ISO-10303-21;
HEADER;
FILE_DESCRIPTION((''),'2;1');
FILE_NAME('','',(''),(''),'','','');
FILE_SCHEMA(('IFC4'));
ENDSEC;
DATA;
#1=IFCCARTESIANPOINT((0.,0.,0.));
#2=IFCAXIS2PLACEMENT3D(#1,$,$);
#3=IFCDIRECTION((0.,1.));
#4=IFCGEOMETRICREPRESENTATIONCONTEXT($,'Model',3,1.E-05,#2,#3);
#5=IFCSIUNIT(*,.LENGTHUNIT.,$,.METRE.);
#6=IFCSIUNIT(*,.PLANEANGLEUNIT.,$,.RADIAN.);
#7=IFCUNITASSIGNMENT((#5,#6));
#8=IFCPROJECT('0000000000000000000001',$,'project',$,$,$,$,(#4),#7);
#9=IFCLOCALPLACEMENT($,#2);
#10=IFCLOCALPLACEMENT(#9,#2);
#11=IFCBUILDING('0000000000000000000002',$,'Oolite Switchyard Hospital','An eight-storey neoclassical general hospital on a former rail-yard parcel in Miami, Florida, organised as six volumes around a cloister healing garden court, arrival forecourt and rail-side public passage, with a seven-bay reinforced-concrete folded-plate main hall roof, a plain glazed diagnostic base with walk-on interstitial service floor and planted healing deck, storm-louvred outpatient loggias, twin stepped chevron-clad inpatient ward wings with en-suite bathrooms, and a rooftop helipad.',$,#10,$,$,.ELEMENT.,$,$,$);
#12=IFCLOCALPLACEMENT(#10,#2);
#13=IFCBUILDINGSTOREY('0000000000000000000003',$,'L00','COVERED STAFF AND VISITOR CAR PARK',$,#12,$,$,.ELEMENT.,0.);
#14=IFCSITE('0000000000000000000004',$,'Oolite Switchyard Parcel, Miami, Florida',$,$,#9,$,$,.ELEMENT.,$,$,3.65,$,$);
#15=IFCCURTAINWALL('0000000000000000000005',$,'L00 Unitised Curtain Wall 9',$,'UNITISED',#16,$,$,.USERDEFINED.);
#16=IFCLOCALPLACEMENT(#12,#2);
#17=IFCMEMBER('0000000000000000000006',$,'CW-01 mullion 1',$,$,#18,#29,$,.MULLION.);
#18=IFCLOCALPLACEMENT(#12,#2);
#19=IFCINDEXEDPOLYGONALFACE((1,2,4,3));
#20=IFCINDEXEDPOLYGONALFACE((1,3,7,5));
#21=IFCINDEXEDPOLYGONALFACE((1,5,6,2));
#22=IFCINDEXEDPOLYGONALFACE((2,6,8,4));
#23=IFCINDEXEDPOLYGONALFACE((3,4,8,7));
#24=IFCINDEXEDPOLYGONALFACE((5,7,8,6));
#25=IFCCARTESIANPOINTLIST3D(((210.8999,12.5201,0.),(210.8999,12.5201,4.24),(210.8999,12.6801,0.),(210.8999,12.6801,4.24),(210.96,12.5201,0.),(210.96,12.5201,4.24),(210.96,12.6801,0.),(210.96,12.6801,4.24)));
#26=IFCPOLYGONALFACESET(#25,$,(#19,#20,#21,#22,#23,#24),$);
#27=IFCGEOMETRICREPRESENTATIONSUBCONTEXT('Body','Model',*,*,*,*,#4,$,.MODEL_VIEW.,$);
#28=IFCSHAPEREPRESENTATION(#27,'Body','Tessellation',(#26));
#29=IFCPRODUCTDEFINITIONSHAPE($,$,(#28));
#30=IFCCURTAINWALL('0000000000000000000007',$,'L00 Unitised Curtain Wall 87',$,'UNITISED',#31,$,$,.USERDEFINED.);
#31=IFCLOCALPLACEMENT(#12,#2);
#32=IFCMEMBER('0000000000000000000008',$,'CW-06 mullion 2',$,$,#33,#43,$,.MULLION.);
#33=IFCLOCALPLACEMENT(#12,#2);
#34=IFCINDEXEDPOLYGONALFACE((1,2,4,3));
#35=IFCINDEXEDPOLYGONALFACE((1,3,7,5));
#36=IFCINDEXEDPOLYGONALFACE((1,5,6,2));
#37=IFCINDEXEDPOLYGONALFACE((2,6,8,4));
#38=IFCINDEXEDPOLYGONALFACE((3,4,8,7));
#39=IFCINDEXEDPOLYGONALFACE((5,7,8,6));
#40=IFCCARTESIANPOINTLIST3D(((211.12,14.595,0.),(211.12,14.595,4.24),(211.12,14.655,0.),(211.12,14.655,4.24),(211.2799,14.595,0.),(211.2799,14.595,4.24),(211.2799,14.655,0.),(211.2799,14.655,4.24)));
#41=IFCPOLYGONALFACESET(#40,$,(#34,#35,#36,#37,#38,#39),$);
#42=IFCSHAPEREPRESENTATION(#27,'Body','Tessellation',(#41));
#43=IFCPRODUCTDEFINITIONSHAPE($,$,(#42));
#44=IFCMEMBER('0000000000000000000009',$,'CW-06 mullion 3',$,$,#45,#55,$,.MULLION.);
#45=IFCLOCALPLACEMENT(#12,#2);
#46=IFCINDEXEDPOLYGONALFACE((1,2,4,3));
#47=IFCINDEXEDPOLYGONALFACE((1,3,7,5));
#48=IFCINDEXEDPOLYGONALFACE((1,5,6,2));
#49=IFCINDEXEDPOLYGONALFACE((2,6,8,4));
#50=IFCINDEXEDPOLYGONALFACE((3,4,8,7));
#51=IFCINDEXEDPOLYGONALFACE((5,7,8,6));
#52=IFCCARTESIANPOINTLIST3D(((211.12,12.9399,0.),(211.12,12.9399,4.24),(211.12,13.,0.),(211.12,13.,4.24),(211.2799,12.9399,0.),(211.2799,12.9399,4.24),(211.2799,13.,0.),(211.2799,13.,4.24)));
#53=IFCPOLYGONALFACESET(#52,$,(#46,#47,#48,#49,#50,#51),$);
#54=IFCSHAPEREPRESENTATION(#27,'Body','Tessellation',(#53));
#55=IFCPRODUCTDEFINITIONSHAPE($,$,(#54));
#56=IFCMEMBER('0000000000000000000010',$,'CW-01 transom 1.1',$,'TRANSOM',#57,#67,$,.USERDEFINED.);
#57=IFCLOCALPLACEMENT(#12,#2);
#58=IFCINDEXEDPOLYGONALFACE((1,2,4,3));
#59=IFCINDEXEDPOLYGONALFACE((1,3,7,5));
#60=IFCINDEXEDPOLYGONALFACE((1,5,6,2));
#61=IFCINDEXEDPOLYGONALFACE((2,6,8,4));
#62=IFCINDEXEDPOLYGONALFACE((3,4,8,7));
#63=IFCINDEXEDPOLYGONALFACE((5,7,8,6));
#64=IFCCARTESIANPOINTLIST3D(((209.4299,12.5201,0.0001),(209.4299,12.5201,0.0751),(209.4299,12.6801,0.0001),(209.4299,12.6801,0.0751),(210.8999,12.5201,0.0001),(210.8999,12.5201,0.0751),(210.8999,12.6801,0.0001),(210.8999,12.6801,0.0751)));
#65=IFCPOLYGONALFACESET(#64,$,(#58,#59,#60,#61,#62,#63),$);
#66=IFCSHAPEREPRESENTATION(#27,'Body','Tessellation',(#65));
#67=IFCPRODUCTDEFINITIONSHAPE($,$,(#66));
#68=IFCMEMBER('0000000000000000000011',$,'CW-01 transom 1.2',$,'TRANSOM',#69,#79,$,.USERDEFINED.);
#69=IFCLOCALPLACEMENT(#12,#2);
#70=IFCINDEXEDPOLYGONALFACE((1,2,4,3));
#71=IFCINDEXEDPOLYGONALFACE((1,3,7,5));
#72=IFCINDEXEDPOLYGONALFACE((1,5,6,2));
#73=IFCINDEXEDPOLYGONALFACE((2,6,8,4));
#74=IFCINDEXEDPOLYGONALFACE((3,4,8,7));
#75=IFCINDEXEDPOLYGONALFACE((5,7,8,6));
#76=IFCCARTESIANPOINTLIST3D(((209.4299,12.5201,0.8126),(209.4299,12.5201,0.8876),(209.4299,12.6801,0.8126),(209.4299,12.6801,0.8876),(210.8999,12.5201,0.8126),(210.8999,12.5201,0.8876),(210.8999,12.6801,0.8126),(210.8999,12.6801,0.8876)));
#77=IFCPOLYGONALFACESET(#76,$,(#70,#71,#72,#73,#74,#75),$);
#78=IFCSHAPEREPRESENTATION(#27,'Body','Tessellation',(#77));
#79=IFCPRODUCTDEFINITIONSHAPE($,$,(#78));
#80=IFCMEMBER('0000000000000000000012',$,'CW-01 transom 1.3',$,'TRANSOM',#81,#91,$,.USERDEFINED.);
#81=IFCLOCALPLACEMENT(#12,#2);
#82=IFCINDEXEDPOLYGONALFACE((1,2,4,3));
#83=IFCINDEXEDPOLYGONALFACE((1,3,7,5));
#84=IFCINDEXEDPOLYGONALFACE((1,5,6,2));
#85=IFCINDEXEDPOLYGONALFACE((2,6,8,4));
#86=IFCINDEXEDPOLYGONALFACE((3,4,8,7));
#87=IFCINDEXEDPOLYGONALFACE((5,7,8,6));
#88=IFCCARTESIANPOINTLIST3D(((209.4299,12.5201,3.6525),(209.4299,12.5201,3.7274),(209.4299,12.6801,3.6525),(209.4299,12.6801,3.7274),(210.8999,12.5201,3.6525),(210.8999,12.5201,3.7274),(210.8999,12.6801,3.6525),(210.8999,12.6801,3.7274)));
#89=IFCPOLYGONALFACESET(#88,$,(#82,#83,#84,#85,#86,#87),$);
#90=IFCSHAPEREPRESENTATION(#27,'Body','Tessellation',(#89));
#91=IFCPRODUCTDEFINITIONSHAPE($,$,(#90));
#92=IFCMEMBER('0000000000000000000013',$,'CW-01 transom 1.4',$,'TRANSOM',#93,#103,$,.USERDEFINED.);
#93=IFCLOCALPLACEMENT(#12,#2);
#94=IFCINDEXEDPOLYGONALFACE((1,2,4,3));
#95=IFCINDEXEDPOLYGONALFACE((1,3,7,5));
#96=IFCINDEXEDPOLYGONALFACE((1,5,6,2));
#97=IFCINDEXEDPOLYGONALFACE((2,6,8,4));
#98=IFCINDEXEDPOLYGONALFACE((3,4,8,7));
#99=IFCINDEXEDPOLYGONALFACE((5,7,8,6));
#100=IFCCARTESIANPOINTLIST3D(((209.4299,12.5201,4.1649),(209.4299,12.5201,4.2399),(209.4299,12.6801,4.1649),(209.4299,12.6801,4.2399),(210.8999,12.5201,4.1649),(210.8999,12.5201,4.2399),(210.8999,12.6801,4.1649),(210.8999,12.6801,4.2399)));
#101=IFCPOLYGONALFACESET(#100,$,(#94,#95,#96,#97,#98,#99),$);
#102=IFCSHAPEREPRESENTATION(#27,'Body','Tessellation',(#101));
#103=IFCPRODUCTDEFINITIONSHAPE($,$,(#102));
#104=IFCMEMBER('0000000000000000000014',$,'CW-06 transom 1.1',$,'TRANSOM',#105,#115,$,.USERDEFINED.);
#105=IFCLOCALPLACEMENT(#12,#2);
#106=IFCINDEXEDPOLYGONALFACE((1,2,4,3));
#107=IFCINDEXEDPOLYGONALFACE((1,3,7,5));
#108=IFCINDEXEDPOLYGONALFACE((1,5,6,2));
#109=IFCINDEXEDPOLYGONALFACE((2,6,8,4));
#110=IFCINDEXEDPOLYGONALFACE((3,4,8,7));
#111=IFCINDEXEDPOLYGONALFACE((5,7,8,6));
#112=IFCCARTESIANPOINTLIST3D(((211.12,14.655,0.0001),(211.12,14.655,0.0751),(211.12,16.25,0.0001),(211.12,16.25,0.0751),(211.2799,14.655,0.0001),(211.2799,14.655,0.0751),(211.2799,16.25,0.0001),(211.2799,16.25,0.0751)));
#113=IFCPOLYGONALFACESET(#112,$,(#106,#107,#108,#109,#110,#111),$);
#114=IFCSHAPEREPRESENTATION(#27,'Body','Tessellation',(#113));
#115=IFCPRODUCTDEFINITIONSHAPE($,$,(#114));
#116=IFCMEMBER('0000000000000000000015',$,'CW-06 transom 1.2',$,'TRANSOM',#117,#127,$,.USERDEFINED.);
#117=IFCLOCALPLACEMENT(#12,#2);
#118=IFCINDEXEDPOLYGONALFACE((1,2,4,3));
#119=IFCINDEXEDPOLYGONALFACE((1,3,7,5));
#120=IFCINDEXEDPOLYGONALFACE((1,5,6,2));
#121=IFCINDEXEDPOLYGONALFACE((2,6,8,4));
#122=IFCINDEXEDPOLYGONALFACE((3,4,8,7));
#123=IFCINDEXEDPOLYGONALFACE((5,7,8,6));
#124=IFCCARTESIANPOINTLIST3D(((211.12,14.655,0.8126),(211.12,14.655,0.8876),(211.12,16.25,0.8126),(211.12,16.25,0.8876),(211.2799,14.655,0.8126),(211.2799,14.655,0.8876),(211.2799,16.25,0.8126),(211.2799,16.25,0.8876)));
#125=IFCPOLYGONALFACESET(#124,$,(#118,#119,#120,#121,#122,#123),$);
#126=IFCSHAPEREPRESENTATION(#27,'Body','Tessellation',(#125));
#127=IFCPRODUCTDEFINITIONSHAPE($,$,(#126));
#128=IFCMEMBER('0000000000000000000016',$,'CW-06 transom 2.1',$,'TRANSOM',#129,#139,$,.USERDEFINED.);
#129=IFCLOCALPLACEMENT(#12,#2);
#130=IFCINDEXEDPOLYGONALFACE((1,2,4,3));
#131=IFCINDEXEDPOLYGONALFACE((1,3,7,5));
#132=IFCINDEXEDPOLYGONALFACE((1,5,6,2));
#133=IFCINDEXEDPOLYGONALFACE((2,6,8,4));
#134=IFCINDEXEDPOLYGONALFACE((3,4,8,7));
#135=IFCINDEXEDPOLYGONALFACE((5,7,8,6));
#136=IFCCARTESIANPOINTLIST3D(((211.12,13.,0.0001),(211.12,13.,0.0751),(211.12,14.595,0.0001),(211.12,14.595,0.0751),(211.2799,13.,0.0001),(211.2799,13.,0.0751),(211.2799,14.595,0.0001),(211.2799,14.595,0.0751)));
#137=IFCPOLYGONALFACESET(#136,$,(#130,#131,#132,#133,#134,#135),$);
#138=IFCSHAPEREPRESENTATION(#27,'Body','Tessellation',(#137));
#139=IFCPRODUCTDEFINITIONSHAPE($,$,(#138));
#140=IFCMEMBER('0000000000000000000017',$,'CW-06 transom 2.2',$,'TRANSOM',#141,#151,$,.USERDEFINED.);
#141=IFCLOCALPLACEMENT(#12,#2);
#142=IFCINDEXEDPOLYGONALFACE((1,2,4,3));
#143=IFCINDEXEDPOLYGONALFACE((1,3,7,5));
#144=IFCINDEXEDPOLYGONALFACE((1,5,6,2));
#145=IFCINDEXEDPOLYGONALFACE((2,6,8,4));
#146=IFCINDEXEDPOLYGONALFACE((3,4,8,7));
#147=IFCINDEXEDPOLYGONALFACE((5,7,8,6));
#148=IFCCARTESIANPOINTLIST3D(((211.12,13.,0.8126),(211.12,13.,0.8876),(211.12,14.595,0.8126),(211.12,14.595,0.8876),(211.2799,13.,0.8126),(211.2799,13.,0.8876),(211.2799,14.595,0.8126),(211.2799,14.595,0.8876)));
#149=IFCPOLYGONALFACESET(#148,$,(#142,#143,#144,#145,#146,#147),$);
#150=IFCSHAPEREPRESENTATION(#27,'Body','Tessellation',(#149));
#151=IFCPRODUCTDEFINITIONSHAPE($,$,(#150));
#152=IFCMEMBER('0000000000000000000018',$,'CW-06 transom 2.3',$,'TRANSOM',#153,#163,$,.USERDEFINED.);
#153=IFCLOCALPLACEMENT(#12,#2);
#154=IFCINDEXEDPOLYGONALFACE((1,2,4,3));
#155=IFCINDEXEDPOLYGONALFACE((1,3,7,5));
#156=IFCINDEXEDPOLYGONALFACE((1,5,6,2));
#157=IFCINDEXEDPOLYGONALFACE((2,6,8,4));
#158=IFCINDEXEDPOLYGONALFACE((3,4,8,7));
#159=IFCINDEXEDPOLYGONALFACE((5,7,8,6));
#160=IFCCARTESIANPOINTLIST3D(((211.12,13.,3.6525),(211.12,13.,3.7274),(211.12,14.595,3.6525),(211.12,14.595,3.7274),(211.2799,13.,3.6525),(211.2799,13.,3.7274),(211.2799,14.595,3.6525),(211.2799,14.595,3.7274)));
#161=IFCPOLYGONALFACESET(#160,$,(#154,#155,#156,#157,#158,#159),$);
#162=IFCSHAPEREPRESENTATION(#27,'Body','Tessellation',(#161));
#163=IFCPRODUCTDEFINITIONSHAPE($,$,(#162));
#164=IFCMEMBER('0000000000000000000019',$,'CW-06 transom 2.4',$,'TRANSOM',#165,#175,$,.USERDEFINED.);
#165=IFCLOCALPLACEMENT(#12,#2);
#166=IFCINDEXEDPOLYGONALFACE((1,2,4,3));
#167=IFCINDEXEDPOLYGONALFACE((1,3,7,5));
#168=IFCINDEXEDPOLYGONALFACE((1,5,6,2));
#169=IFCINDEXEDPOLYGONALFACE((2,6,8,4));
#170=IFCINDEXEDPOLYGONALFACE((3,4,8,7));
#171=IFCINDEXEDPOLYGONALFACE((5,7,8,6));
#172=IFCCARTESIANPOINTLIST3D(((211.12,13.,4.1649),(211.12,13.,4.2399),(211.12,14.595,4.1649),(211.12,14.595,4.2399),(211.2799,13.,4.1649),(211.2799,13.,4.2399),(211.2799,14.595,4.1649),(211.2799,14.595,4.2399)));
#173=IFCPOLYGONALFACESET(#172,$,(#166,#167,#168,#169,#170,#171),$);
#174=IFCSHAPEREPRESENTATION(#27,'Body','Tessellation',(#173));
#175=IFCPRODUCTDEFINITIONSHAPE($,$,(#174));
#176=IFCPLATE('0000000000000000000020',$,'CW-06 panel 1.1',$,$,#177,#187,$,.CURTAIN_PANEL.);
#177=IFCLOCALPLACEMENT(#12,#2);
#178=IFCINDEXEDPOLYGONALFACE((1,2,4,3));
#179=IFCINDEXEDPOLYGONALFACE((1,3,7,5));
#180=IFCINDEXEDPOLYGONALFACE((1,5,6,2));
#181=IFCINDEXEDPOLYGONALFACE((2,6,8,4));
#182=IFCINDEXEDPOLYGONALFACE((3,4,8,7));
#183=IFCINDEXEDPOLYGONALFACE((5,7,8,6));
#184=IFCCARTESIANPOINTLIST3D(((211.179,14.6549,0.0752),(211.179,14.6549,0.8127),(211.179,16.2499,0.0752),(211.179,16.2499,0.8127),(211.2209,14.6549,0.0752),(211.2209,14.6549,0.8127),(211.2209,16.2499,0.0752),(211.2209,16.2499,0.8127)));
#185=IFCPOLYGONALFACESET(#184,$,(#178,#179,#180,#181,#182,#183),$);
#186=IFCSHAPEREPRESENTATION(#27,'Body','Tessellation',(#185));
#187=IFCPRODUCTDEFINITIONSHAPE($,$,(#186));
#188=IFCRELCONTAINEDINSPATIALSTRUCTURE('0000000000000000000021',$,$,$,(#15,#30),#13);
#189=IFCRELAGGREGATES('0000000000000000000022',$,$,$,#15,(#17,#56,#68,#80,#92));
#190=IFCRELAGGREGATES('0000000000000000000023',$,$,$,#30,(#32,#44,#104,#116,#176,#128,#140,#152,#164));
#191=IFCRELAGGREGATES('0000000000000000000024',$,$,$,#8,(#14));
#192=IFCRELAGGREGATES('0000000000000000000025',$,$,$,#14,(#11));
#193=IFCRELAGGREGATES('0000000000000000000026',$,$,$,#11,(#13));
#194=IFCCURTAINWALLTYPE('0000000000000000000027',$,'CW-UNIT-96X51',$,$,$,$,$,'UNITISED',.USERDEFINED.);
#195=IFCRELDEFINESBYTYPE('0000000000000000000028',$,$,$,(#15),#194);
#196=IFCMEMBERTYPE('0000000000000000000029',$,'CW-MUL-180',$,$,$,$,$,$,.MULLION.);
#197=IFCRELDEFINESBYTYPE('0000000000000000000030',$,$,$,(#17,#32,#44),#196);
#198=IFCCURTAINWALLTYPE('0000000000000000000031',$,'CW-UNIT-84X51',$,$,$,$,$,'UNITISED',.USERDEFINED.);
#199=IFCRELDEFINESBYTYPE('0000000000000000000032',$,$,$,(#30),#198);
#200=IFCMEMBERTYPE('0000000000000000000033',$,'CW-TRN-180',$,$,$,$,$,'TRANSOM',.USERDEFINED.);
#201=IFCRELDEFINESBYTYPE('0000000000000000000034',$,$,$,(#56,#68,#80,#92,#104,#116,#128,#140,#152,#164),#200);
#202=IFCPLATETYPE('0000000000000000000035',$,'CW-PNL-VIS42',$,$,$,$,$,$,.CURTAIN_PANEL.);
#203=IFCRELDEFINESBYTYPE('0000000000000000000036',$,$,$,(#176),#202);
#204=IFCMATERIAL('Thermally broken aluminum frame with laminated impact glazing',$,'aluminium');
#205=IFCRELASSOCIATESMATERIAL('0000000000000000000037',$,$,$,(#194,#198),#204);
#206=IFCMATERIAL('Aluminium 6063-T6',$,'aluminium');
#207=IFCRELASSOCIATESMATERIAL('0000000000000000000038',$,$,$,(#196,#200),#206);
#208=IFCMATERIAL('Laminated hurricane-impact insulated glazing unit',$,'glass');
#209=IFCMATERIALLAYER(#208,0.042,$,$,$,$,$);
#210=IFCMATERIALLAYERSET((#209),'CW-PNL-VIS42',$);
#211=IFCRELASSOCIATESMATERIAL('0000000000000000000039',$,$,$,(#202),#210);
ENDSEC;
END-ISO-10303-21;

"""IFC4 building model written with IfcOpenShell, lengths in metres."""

from ifc_helpers import new_model, si_unit, direction, frame, origin, origin_2d, place, context, subcontext, project, spatial, rectangle, extrude, material, layer, layer_set, material_profile, profile_set, type_object, element, aggregate, save


model = new_model("IFC4")

# Units and contexts
model_context = context("Model", 3, precision=1e-05, world=origin(), true_north=direction((0.0, 1.0)))
body_context = subcontext(model_context, "Body", "Model", "MODEL_VIEW")
ifc_project = project(units=[si_unit("LENGTHUNIT", "METRE"), si_unit("PLANEANGLEUNIT", "RADIAN")], contexts=[model_context])

# Site, building, storey
site_placement = place(None, origin())
site = spatial("IfcSite", under=ifc_project, at=site_placement, Name="Oolite Switchyard Parcel, Miami, Florida", CompositionType="ELEMENT", RefElevation=3.65)
building_placement = place(site_placement, origin())
building = spatial("IfcBuilding", under=site, at=building_placement, Name="Oolite Switchyard Hospital", Description="An eight-storey neoclassical general hospital on a former rail-yard parcel in Miami, Florida, organised as six volumes around a cloister healing garden court, arrival forecourt and rail-side public passage, with a seven-bay reinforced-concrete folded-plate main hall roof, a plain glazed diagnostic base with walk-on interstitial service floor and planted healing deck, storm-louvred outpatient loggias, twin stepped chevron-clad inpatient ward wings with en-suite bathrooms, and a rooftop helipad.", CompositionType="ELEMENT")
storey_placement = place(building_placement, origin())
storey = spatial("IfcBuildingStorey", under=building, at=storey_placement, Name="L00", Description="COVERED STAFF AND VISITOR CAR PARK", CompositionType="ELEMENT", Elevation=0.0)

# Curtain wall, member
ifc_material_1 = material(Name="Thermally broken aluminum frame with laminated impact glazing", Category="aluminium")
curtain_wall_type_1 = type_object("IfcCurtainWallType", Name="CW-UNIT-96X51", ElementType="UNITISED", PredefinedType="USERDEFINED", material=ifc_material_1)
curtain_wall_1_placement = place(storey_placement, origin())
curtain_wall_1 = element("IfcCurtainWall", 1, at=curtain_wall_1_placement, inside=storey, type_object=curtain_wall_type_1, Name="L00 Unitised Curtain Wall 9", ObjectType="UNITISED", PredefinedType="USERDEFINED")
ifc_material_2 = material(Name="Aluminium 6063-T6", Category="aluminium")
ifc_material_profile_1 = material_profile(ifc_material_2, rectangle(XDim=0.1599, YDim=0.0601, at=origin_2d()), Name="CWM60X160")
ifc_profile_set_1 = profile_set([ifc_material_profile_1], Name="Aluminium 6063-T6")
member_type_1 = type_object("IfcMemberType", Name="CW-MUL-180", PredefinedType="MULLION", material=ifc_profile_set_1)
member_1_placement = place(storey_placement, frame((210.9299, 12.6001, 0.0), z_axis=(0.0, 0.0, 1.0), x_axis=(0.0, -1.0, 0.0)))
member_1 = element("IfcMember", 2, at=member_1_placement, type_object=member_type_1, Name="CW-01 mullion 1", PredefinedType="MULLION", context=body_context, shape_type="SweptSolid", body=[
    extrude(rectangle(XDim=0.1599, YDim=0.0601, at=origin_2d()), origin(), (0.0, 0.0, 1.0), 4.24),
])

# Curtain wall, members
curtain_wall_type_2 = type_object("IfcCurtainWallType", Name="CW-UNIT-84X51", ElementType="UNITISED", PredefinedType="USERDEFINED", material=ifc_material_1)
curtain_wall_2_placement = place(storey_placement, origin())
curtain_wall_2 = element("IfcCurtainWall", 3, at=curtain_wall_2_placement, inside=storey, type_object=curtain_wall_type_2, Name="L00 Unitised Curtain Wall 87", ObjectType="UNITISED", PredefinedType="USERDEFINED")
member_2_placement = place(storey_placement, frame((211.2, 14.625, 0.0), z_axis=(0.0, 0.0, 1.0), x_axis=(1.0, 0.0, 0.0)))
member_2 = element("IfcMember", 4, at=member_2_placement, type_object=member_type_1, Name="CW-06 mullion 2", PredefinedType="MULLION", context=body_context, shape_type="SweptSolid", body=[
    extrude(rectangle(XDim=0.1599, YDim=0.0601, at=origin_2d()), origin(), (0.0, 0.0, 1.0), 4.24),
])
member_3_placement = place(storey_placement, frame((211.2, 12.97, 0.0), z_axis=(0.0, 0.0, 1.0), x_axis=(1.0, 0.0, 0.0)))
member_3 = element("IfcMember", 5, at=member_3_placement, type_object=member_type_1, Name="CW-06 mullion 3", PredefinedType="MULLION", context=body_context, shape_type="SweptSolid", body=[
    extrude(rectangle(XDim=0.1599, YDim=0.0601, at=origin_2d()), origin(), (0.0, 0.0, 1.0), 4.24),
])

# Members
ifc_material_profile_2 = material_profile(ifc_material_2, rectangle(XDim=0.1599, YDim=0.075, at=origin_2d()), Name="CWT75X160")
ifc_profile_set_2 = profile_set([ifc_material_profile_2], Name="Aluminium 6063-T6")
member_type_2 = type_object("IfcMemberType", Name="CW-TRN-180", ElementType="TRANSOM", PredefinedType="USERDEFINED", material=ifc_profile_set_2)
member_4_placement = place(storey_placement, frame((210.8999, 12.6001, 0.0376), z_axis=(-1.0, 0.0, 0.0), x_axis=(0.0, -1.0, 0.0)))
member_4 = element("IfcMember", 6, at=member_4_placement, type_object=member_type_2, Name="CW-01 transom 1.1", ObjectType="TRANSOM", PredefinedType="USERDEFINED", context=body_context, shape_type="SweptSolid", body=[
    extrude(rectangle(XDim=0.1599, YDim=0.075, at=origin_2d()), origin(), (0.0, 0.0, 1.0), 1.47),
])
member_5_placement = place(storey_placement, frame((210.8999, 12.6001, 0.8501), z_axis=(-1.0, 0.0, 0.0), x_axis=(0.0, -1.0, 0.0)))
member_5 = element("IfcMember", 7, at=member_5_placement, type_object=member_type_2, Name="CW-01 transom 1.2", ObjectType="TRANSOM", PredefinedType="USERDEFINED", context=body_context, shape_type="SweptSolid", body=[
    extrude(rectangle(XDim=0.1599, YDim=0.075, at=origin_2d()), origin(), (0.0, 0.0, 1.0), 1.47),
])
member_6_placement = place(storey_placement, frame((210.8999, 12.6001, 3.6899), z_axis=(-1.0, 0.0, 0.0), x_axis=(0.0, -1.0, 0.0)))
member_6 = element("IfcMember", 8, at=member_6_placement, type_object=member_type_2, Name="CW-01 transom 1.3", ObjectType="TRANSOM", PredefinedType="USERDEFINED", context=body_context, shape_type="SweptSolid", body=[
    extrude(rectangle(XDim=0.1599, YDim=0.075, at=origin_2d()), origin(), (0.0, 0.0, 1.0), 1.47),
])
member_7_placement = place(storey_placement, frame((210.8999, 12.6001, 4.2024), z_axis=(-1.0, 0.0, 0.0), x_axis=(0.0, -1.0, 0.0)))
member_7 = element("IfcMember", 9, at=member_7_placement, type_object=member_type_2, Name="CW-01 transom 1.4", ObjectType="TRANSOM", PredefinedType="USERDEFINED", context=body_context, shape_type="SweptSolid", body=[
    extrude(rectangle(XDim=0.1599, YDim=0.075, at=origin_2d()), origin(), (0.0, 0.0, 1.0), 1.47),
])
aggregate(curtain_wall_1, [member_1, member_4, member_5, member_6, member_7])
member_8_placement = place(storey_placement, frame((211.2, 16.25, 0.0376), z_axis=(0.0, -1.0, 0.0), x_axis=(1.0, 0.0, 0.0)))
member_8 = element("IfcMember", 10, at=member_8_placement, type_object=member_type_2, Name="CW-06 transom 1.1", ObjectType="TRANSOM", PredefinedType="USERDEFINED", context=body_context, shape_type="SweptSolid", body=[
    extrude(rectangle(XDim=0.1599, YDim=0.075, at=origin_2d()), origin(), (0.0, 0.0, 1.0), 1.595),
])
member_9_placement = place(storey_placement, frame((211.2, 16.25, 0.8501), z_axis=(0.0, -1.0, 0.0), x_axis=(1.0, 0.0, 0.0)))
member_9 = element("IfcMember", 11, at=member_9_placement, type_object=member_type_2, Name="CW-06 transom 1.2", ObjectType="TRANSOM", PredefinedType="USERDEFINED", context=body_context, shape_type="SweptSolid", body=[
    extrude(rectangle(XDim=0.1599, YDim=0.075, at=origin_2d()), origin(), (0.0, 0.0, 1.0), 1.595),
])
member_10_placement = place(storey_placement, frame((211.2, 14.595, 0.0376), z_axis=(0.0, -1.0, 0.0), x_axis=(1.0, 0.0, 0.0)))
member_10 = element("IfcMember", 12, at=member_10_placement, type_object=member_type_2, Name="CW-06 transom 2.1", ObjectType="TRANSOM", PredefinedType="USERDEFINED", context=body_context, shape_type="SweptSolid", body=[
    extrude(rectangle(XDim=0.1599, YDim=0.075, at=origin_2d()), origin(), (0.0, 0.0, 1.0), 1.595),
])
member_11_placement = place(storey_placement, frame((211.2, 14.595, 0.8501), z_axis=(0.0, -1.0, 0.0), x_axis=(1.0, 0.0, 0.0)))
member_11 = element("IfcMember", 13, at=member_11_placement, type_object=member_type_2, Name="CW-06 transom 2.2", ObjectType="TRANSOM", PredefinedType="USERDEFINED", context=body_context, shape_type="SweptSolid", body=[
    extrude(rectangle(XDim=0.1599, YDim=0.075, at=origin_2d()), origin(), (0.0, 0.0, 1.0), 1.595),
])
member_12_placement = place(storey_placement, frame((211.2, 14.595, 3.6899), z_axis=(0.0, -1.0, 0.0), x_axis=(1.0, 0.0, 0.0)))
member_12 = element("IfcMember", 14, at=member_12_placement, type_object=member_type_2, Name="CW-06 transom 2.3", ObjectType="TRANSOM", PredefinedType="USERDEFINED", context=body_context, shape_type="SweptSolid", body=[
    extrude(rectangle(XDim=0.1599, YDim=0.075, at=origin_2d()), origin(), (0.0, 0.0, 1.0), 1.595),
])
member_13_placement = place(storey_placement, frame((211.2, 14.595, 4.2024), z_axis=(0.0, -1.0, 0.0), x_axis=(1.0, 0.0, 0.0)))
member_13 = element("IfcMember", 15, at=member_13_placement, type_object=member_type_2, Name="CW-06 transom 2.4", ObjectType="TRANSOM", PredefinedType="USERDEFINED", context=body_context, shape_type="SweptSolid", body=[
    extrude(rectangle(XDim=0.1599, YDim=0.075, at=origin_2d()), origin(), (0.0, 0.0, 1.0), 1.595),
])

# Plate
ifc_material_3 = material(Name="Laminated hurricane-impact insulated glazing unit", Category="glass")
ifc_layer = layer(ifc_material_3, 0.042)
ifc_layer_set = layer_set([ifc_layer], Name="CW-PNL-VIS42")
plate_type = type_object("IfcPlateType", Name="CW-PNL-VIS42", PredefinedType="CURTAIN_PANEL", material=ifc_layer_set)
plate_1_placement = place(storey_placement, frame((211.2, 15.4524, 0.0752), z_axis=(0.0, 0.0, 1.0), x_axis=(0.0, -1.0, 0.0)))
plate_1 = element("IfcPlate", 16, at=plate_1_placement, type_object=plate_type, Name="CW-06 panel 1.1", PredefinedType="CURTAIN_PANEL", context=body_context, shape_type="SweptSolid", body=[
    extrude(rectangle(XDim=1.595, YDim=0.042, at=origin_2d()), origin(), (0.0, 0.0, 1.0), 0.7375),
])
aggregate(curtain_wall_2, [member_2, member_3, member_8, member_9, plate_1, member_10, member_11, member_12, member_13])

save(model, "model.ifc")
